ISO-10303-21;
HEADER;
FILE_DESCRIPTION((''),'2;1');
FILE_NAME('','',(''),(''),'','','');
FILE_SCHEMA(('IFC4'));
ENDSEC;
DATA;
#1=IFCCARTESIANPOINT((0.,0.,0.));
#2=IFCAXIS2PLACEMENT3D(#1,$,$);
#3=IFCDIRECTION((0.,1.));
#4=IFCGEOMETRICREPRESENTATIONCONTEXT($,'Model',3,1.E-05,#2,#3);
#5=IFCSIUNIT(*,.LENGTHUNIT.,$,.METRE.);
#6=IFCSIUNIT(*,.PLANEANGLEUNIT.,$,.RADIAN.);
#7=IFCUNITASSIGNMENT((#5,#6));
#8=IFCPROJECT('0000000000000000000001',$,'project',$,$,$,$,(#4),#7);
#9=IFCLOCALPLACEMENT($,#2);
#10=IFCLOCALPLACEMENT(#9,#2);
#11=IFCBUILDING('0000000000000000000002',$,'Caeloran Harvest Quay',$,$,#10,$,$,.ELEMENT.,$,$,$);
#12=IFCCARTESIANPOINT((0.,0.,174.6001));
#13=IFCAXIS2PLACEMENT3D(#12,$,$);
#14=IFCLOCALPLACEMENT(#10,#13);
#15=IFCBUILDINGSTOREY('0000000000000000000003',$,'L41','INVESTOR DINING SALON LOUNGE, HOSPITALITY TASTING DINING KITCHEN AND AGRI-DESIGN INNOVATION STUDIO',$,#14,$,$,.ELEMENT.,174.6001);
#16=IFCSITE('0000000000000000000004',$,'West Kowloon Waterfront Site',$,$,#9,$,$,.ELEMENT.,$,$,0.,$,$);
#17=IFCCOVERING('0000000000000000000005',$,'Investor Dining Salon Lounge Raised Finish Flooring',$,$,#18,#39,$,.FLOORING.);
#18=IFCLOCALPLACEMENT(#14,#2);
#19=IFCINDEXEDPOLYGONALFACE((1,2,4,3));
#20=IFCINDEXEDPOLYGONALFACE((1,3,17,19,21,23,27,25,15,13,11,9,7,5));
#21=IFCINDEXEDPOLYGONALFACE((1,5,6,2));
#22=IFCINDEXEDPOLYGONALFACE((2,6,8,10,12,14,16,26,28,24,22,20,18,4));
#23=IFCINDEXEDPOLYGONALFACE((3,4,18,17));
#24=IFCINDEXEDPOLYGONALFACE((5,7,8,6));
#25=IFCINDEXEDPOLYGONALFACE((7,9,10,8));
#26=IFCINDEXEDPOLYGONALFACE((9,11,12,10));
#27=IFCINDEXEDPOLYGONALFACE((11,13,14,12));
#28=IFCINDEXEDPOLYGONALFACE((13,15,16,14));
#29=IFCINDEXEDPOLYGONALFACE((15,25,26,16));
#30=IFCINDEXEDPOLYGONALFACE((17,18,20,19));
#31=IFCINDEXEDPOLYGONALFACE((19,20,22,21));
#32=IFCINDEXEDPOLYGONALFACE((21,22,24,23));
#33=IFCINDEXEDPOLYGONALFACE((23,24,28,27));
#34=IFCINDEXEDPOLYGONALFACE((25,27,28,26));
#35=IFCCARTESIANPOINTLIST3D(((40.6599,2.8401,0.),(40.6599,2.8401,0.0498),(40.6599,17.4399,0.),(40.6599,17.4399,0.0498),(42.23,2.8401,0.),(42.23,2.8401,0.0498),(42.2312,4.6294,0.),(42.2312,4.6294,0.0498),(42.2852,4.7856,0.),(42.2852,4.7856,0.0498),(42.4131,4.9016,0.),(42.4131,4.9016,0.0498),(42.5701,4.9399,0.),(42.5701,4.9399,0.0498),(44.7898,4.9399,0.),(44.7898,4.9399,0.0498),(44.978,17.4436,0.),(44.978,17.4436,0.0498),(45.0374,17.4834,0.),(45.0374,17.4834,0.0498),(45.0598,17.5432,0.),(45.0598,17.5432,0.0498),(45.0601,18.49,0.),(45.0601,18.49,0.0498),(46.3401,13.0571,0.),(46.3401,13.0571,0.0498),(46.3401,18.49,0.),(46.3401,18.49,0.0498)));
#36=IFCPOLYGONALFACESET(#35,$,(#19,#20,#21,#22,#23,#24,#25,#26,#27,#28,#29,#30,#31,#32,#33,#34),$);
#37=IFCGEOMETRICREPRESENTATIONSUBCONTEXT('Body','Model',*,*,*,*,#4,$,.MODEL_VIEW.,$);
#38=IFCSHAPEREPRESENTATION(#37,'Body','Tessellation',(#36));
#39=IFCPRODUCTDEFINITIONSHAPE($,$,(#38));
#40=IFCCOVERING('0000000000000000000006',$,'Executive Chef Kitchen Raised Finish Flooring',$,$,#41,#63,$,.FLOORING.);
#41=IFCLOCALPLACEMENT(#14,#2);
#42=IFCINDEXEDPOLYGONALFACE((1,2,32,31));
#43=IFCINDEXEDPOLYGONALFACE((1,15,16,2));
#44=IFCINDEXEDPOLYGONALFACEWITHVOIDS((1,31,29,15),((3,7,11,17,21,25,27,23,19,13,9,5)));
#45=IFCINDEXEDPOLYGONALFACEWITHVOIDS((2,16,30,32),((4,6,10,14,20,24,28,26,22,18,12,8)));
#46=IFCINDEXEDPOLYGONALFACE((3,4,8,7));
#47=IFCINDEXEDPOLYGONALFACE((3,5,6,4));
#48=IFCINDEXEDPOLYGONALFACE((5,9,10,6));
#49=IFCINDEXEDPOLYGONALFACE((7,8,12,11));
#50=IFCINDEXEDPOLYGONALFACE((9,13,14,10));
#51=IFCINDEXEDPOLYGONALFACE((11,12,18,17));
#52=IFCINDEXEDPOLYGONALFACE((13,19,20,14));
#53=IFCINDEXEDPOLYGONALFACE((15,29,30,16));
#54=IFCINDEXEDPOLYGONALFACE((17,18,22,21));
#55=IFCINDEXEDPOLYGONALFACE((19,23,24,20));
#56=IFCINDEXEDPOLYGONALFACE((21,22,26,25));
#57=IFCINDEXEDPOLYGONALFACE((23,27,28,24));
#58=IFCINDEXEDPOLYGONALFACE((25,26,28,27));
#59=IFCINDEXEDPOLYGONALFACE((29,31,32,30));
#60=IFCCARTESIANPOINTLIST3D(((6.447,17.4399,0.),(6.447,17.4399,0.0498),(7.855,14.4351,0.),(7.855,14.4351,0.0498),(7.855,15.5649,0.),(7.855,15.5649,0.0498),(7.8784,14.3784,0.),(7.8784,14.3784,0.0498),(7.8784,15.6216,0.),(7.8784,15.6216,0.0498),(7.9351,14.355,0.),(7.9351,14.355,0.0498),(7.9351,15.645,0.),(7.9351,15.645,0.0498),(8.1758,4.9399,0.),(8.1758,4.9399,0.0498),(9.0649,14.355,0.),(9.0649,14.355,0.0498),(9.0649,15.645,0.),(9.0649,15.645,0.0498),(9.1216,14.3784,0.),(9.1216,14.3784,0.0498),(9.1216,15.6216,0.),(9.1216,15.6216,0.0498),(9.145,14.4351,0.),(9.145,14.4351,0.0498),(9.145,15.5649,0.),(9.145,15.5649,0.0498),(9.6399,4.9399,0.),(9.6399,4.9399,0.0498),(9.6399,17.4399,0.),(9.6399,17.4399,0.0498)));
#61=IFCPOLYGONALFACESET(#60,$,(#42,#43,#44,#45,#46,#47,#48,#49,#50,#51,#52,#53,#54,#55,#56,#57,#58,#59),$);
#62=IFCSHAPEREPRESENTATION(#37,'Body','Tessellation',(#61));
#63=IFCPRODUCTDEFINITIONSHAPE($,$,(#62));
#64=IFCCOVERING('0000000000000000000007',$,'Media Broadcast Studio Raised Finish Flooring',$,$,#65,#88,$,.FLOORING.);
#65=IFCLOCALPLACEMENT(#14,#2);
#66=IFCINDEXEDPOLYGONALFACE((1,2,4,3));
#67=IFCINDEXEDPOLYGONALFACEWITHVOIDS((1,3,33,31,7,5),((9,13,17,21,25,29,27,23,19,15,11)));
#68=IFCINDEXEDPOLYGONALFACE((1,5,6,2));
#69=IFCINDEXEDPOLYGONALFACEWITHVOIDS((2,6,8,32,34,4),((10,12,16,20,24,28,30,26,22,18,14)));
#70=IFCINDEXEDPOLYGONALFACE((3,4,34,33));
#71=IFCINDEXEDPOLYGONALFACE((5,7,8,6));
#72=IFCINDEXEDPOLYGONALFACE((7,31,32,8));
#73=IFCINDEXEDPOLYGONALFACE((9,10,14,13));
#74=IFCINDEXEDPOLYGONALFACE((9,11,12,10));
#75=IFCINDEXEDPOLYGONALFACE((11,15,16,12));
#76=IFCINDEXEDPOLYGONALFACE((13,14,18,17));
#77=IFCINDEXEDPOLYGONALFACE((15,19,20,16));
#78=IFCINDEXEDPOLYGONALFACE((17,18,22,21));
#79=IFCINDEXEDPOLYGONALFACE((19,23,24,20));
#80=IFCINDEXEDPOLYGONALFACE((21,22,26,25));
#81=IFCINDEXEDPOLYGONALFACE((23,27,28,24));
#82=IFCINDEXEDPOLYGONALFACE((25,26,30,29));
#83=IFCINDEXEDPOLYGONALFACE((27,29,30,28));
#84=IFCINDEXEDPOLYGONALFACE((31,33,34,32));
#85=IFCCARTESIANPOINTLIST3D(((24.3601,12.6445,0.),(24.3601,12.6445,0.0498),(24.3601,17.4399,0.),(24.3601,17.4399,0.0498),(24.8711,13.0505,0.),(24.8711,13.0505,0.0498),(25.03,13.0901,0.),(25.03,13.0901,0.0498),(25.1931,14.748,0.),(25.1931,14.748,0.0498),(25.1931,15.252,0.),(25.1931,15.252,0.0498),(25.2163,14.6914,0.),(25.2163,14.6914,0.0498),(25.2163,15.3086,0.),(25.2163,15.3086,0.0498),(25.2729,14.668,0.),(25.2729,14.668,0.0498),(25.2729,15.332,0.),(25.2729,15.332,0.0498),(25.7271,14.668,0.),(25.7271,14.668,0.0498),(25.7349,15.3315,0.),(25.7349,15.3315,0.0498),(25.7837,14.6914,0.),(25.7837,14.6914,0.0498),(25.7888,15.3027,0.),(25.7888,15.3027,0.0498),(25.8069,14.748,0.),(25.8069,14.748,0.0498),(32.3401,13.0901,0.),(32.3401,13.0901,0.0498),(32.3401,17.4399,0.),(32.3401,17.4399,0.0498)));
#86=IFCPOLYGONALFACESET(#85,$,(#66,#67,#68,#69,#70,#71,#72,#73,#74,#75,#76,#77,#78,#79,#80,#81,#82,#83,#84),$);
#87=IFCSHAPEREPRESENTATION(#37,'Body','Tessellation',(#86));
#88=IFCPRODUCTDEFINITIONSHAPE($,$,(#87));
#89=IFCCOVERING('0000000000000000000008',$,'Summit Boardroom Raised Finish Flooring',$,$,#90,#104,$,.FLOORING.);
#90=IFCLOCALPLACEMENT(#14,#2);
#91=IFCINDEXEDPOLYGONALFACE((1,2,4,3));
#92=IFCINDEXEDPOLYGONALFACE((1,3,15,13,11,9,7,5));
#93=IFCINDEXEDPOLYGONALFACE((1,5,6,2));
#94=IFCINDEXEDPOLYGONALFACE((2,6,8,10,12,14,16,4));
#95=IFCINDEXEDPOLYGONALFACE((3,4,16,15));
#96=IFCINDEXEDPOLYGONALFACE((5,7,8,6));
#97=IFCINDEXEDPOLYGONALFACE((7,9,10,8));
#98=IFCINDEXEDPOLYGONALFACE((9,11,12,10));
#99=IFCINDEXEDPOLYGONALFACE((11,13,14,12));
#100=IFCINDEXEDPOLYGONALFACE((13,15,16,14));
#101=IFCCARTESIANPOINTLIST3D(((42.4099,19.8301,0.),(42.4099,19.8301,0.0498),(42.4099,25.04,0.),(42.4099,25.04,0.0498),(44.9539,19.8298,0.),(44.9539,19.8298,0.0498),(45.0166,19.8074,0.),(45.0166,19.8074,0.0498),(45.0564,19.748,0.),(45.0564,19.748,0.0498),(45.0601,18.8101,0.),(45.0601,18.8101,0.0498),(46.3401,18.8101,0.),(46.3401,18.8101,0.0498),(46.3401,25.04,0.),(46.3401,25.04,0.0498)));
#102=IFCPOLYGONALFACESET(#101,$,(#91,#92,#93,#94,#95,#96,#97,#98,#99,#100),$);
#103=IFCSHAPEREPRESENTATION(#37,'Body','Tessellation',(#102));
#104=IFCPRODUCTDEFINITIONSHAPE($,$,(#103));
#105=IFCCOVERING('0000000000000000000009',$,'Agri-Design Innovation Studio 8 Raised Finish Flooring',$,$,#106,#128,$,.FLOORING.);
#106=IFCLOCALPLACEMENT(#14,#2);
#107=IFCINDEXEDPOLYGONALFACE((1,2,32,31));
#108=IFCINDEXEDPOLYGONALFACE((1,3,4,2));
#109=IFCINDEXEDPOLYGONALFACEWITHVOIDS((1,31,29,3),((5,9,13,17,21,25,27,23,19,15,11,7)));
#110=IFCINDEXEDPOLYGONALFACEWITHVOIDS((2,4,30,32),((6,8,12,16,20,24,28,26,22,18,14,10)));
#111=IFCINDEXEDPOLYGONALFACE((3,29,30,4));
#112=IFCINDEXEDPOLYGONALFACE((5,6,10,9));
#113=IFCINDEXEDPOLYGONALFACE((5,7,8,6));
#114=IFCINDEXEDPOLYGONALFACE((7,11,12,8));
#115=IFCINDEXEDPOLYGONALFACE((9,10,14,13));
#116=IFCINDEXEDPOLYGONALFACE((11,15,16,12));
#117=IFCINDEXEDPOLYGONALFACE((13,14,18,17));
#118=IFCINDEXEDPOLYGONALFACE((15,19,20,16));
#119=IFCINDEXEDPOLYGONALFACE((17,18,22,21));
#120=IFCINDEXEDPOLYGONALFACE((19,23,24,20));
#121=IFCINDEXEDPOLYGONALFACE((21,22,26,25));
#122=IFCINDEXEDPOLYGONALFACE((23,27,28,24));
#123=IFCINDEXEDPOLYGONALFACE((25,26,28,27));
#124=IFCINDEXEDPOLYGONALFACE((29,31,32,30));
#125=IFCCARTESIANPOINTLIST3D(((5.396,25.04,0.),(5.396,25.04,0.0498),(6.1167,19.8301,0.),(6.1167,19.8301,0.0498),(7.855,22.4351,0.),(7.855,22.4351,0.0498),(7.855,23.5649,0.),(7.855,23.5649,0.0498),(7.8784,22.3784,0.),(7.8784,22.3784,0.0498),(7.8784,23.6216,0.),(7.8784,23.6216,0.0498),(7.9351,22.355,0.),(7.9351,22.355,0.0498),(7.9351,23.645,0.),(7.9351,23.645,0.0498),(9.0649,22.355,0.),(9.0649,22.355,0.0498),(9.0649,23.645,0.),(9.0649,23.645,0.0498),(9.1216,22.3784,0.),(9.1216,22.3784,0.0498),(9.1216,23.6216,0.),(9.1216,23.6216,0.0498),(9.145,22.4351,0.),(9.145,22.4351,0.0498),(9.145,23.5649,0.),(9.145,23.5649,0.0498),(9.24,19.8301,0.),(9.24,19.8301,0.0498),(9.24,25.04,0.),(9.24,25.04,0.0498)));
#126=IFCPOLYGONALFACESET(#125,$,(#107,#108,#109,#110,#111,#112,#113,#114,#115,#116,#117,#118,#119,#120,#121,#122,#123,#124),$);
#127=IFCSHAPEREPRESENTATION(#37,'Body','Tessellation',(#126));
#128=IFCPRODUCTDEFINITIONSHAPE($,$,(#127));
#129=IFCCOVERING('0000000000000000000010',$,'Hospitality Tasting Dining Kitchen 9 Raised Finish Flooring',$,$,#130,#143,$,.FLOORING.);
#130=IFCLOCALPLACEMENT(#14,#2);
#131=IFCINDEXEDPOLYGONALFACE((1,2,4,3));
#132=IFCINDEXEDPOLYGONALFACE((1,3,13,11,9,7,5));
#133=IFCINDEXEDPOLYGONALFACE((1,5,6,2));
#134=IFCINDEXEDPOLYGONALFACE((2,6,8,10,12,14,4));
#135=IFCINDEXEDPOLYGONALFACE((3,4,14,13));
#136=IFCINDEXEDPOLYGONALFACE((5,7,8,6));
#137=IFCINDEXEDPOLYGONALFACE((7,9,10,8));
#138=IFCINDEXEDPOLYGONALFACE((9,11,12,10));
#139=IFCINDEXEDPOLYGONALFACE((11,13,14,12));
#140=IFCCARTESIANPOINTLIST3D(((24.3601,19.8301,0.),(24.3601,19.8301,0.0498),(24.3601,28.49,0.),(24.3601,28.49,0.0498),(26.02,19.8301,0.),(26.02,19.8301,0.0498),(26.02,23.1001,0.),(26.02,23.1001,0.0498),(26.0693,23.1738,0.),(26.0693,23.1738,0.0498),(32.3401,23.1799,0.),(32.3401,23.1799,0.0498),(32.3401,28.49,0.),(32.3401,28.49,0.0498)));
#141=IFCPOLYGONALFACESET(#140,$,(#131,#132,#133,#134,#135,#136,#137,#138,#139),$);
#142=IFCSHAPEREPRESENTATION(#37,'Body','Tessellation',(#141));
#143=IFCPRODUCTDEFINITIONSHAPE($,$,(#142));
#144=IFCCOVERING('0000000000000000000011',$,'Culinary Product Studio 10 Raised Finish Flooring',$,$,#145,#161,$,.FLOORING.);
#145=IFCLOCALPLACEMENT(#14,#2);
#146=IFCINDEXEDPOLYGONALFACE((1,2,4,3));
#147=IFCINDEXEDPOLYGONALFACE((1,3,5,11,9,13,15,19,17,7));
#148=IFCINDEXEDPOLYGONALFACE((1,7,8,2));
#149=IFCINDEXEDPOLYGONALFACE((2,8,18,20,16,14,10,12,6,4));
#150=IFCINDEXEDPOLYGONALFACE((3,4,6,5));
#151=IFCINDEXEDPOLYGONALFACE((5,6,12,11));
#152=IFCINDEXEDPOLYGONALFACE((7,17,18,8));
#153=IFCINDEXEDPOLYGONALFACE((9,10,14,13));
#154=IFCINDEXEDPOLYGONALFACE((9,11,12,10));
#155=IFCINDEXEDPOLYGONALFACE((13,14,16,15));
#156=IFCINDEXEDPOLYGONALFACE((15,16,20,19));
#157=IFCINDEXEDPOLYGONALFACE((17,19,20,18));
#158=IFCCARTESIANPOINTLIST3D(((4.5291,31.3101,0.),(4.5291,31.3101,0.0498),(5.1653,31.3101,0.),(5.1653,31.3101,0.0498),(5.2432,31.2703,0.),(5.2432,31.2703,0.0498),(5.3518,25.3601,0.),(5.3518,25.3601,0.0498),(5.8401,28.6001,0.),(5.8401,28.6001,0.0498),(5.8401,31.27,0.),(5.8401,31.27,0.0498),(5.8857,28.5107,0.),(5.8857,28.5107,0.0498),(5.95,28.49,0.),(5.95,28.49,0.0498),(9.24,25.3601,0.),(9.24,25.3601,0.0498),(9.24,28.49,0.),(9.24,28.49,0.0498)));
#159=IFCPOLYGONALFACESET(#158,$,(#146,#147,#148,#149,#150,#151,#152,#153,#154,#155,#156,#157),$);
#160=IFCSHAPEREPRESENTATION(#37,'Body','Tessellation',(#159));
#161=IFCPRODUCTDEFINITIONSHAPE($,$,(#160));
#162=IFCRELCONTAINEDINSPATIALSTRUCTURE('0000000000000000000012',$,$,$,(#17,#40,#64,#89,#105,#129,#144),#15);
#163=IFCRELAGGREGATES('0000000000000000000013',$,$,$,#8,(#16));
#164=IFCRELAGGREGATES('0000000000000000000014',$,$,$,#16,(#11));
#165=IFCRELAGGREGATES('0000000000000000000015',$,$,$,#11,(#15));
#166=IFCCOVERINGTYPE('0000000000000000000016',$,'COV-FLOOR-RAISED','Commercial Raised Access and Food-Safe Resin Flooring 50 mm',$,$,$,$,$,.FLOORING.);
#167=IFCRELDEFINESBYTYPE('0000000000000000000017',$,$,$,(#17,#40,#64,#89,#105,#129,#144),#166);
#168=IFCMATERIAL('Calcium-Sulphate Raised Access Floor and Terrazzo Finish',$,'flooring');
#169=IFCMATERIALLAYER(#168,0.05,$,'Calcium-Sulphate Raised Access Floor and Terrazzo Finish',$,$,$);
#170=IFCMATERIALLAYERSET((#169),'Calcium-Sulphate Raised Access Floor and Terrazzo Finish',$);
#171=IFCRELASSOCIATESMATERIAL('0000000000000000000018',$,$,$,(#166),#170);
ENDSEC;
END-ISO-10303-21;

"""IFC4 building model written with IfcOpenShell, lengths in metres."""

from ifc_helpers import new_model, si_unit, direction, frame, origin, place, context, subcontext, project, spatial, polyline, outline, extrude, material, layer, layer_set, type_object, element, save


model = new_model("IFC4")

# Units and contexts
model_context = context("Model", 3, precision=1e-05, world=origin(), true_north=direction((0.0, 1.0)))
body_context = subcontext(model_context, "Body", "Model", "MODEL_VIEW")
ifc_project = project(units=[si_unit("LENGTHUNIT", "METRE"), si_unit("PLANEANGLEUNIT", "RADIAN")], contexts=[model_context])

# Site, building, storey
site_placement = place(None, origin())
site = spatial("IfcSite", under=ifc_project, at=site_placement, Name="West Kowloon Waterfront Site", CompositionType="ELEMENT", RefElevation=0.0)
building_placement = place(site_placement, origin())
building = spatial("IfcBuilding", under=site, at=building_placement, Name="Caeloran Harvest Quay", CompositionType="ELEMENT")
storey_placement = place(building_placement, frame((0.0, 0.0, 174.6001)))
storey = spatial("IfcBuildingStorey", under=building, at=storey_placement, Name="L41", Description="INVESTOR DINING SALON LOUNGE, HOSPITALITY TASTING DINING KITCHEN AND AGRI-DESIGN INNOVATION STUDIO", CompositionType="ELEMENT", Elevation=174.6001)

# Coverings
ifc_material_1 = material(Name="Calcium-Sulphate Raised Access Floor and Terrazzo Finish", Category="flooring")
ifc_layer_1 = layer(ifc_material_1, 0.05, Name="Calcium-Sulphate Raised Access Floor and Terrazzo Finish")
ifc_layer_set_1 = layer_set([ifc_layer_1], Name="Calcium-Sulphate Raised Access Floor and Terrazzo Finish")
covering_type_1 = type_object("IfcCoveringType", Name="COV-FLOOR-RAISED", Description="Commercial Raised Access and Food-Safe Resin Flooring 50 mm", PredefinedType="FLOORING", material=ifc_layer_set_1)
covering_1_placement = place(storey_placement, origin())
element("IfcCovering", 1, at=covering_1_placement, inside=storey, type_object=covering_type_1, Name="Investor Dining Salon Lounge Raised Finish Flooring", PredefinedType="FLOORING", context=body_context, shape_type="SweptSolid", body=[
    extrude(outline(polyline([(44.978, 17.4436), (45.0374, 17.4834), (45.0598, 17.5432), (45.0601, 18.49), (46.3401, 18.49), (46.3401, 13.0571), (44.7898, 4.9399), (42.5701, 4.9399), (42.4131, 4.9016), (42.2852, 4.7856), (42.2312, 4.6294), (42.23, 2.8401), (40.6599, 2.8401), (40.6599, 17.4399), (44.978, 17.4436)])), origin(), (0.0, 0.0, 1.0), 0.0498),
])
covering_2_placement = place(storey_placement, origin())
element("IfcCovering", 2, at=covering_2_placement, inside=storey, type_object=covering_type_1, Name="Executive Chef Kitchen Raised Finish Flooring", PredefinedType="FLOORING", context=body_context, shape_type="SweptSolid", body=[
    extrude(outline(polyline([(9.6399, 4.9399), (8.1758, 4.9399), (6.447, 17.4399), (9.6399, 17.4399), (9.6399, 4.9399)]), holes=[polyline([(7.9351, 15.645), (7.8784, 15.6216), (7.855, 15.5649), (7.855, 14.4351), (7.8784, 14.3784), (7.9351, 14.355), (9.0649, 14.355), (9.1216, 14.3784), (9.145, 14.4351), (9.145, 15.5649), (9.1216, 15.6216), (9.0649, 15.645), (7.9351, 15.645)])]), origin(), (0.0, 0.0, 1.0), 0.0498),
])
covering_3_placement = place(storey_placement, origin())
element("IfcCovering", 3, at=covering_3_placement, inside=storey, type_object=covering_type_1, Name="Media Broadcast Studio Raised Finish Flooring", PredefinedType="FLOORING", context=body_context, shape_type="SweptSolid", body=[
    extrude(outline(polyline([(24.8711, 13.0505), (24.3601, 12.6445), (24.3601, 17.4399), (32.3401, 17.4399), (32.3401, 13.0901), (25.03, 13.0901), (24.8711, 13.0505)]), holes=[polyline([(25.8069, 14.748), (25.7888, 15.3027), (25.7349, 15.3315), (25.2729, 15.332), (25.2163, 15.3086), (25.1931, 15.252), (25.1931, 14.748), (25.2163, 14.6914), (25.2729, 14.668), (25.7271, 14.668), (25.7837, 14.6914), (25.8069, 14.748)])]), origin(), (0.0, 0.0, 1.0), 0.0498),
])
covering_4_placement = place(storey_placement, origin())
element("IfcCovering", 4, at=covering_4_placement, inside=storey, type_object=covering_type_1, Name="Summit Boardroom Raised Finish Flooring", PredefinedType="FLOORING", context=body_context, shape_type="SweptSolid", body=[
    extrude(outline(polyline([(45.0564, 19.748), (45.0166, 19.8074), (44.9539, 19.8298), (42.4099, 19.8301), (42.4099, 25.04), (46.3401, 25.04), (46.3401, 18.8101), (45.0601, 18.8101), (45.0564, 19.748)])), origin(), (0.0, 0.0, 1.0), 0.0498),
])
covering_5_placement = place(storey_placement, origin())
element("IfcCovering", 5, at=covering_5_placement, inside=storey, type_object=covering_type_1, Name="Agri-Design Innovation Studio 8 Raised Finish Flooring", PredefinedType="FLOORING", context=body_context, shape_type="SweptSolid", body=[
    extrude(outline(polyline([(9.24, 25.04), (9.24, 19.8301), (6.1167, 19.8301), (5.396, 25.04), (9.24, 25.04)]), holes=[polyline([(7.9351, 23.645), (7.8784, 23.6216), (7.855, 23.5649), (7.855, 22.4351), (7.8784, 22.3784), (7.9351, 22.355), (9.0649, 22.355), (9.1216, 22.3784), (9.145, 22.4351), (9.145, 23.5649), (9.1216, 23.6216), (9.0649, 23.645), (7.9351, 23.645)])]), origin(), (0.0, 0.0, 1.0), 0.0498),
])
covering_6_placement = place(storey_placement, origin())
element("IfcCovering", 6, at=covering_6_placement, inside=storey, type_object=covering_type_1, Name="Hospitality Tasting Dining Kitchen 9 Raised Finish Flooring", PredefinedType="FLOORING", context=body_context, shape_type="SweptSolid", body=[
    extrude(outline(polyline([(32.3401, 28.49), (32.3401, 23.1799), (26.0693, 23.1738), (26.02, 23.1001), (26.02, 19.8301), (24.3601, 19.8301), (24.3601, 28.49), (32.3401, 28.49)])), origin(), (0.0, 0.0, 1.0), 0.0498),
])
covering_7_placement = place(storey_placement, origin())
element("IfcCovering", 7, at=covering_7_placement, inside=storey, type_object=covering_type_1, Name="Culinary Product Studio 10 Raised Finish Flooring", PredefinedType="FLOORING", context=body_context, shape_type="SweptSolid", body=[
    extrude(outline(polyline([(5.1653, 31.3101), (5.2432, 31.2703), (5.8401, 31.27), (5.8401, 28.6001), (5.8857, 28.5107), (5.95, 28.49), (9.24, 28.49), (9.24, 25.3601), (5.3518, 25.3601), (4.5291, 31.3101), (5.1653, 31.3101)])), origin(), (0.0, 0.0, 1.0), 0.0498),
])

save(model, "model.ifc")
